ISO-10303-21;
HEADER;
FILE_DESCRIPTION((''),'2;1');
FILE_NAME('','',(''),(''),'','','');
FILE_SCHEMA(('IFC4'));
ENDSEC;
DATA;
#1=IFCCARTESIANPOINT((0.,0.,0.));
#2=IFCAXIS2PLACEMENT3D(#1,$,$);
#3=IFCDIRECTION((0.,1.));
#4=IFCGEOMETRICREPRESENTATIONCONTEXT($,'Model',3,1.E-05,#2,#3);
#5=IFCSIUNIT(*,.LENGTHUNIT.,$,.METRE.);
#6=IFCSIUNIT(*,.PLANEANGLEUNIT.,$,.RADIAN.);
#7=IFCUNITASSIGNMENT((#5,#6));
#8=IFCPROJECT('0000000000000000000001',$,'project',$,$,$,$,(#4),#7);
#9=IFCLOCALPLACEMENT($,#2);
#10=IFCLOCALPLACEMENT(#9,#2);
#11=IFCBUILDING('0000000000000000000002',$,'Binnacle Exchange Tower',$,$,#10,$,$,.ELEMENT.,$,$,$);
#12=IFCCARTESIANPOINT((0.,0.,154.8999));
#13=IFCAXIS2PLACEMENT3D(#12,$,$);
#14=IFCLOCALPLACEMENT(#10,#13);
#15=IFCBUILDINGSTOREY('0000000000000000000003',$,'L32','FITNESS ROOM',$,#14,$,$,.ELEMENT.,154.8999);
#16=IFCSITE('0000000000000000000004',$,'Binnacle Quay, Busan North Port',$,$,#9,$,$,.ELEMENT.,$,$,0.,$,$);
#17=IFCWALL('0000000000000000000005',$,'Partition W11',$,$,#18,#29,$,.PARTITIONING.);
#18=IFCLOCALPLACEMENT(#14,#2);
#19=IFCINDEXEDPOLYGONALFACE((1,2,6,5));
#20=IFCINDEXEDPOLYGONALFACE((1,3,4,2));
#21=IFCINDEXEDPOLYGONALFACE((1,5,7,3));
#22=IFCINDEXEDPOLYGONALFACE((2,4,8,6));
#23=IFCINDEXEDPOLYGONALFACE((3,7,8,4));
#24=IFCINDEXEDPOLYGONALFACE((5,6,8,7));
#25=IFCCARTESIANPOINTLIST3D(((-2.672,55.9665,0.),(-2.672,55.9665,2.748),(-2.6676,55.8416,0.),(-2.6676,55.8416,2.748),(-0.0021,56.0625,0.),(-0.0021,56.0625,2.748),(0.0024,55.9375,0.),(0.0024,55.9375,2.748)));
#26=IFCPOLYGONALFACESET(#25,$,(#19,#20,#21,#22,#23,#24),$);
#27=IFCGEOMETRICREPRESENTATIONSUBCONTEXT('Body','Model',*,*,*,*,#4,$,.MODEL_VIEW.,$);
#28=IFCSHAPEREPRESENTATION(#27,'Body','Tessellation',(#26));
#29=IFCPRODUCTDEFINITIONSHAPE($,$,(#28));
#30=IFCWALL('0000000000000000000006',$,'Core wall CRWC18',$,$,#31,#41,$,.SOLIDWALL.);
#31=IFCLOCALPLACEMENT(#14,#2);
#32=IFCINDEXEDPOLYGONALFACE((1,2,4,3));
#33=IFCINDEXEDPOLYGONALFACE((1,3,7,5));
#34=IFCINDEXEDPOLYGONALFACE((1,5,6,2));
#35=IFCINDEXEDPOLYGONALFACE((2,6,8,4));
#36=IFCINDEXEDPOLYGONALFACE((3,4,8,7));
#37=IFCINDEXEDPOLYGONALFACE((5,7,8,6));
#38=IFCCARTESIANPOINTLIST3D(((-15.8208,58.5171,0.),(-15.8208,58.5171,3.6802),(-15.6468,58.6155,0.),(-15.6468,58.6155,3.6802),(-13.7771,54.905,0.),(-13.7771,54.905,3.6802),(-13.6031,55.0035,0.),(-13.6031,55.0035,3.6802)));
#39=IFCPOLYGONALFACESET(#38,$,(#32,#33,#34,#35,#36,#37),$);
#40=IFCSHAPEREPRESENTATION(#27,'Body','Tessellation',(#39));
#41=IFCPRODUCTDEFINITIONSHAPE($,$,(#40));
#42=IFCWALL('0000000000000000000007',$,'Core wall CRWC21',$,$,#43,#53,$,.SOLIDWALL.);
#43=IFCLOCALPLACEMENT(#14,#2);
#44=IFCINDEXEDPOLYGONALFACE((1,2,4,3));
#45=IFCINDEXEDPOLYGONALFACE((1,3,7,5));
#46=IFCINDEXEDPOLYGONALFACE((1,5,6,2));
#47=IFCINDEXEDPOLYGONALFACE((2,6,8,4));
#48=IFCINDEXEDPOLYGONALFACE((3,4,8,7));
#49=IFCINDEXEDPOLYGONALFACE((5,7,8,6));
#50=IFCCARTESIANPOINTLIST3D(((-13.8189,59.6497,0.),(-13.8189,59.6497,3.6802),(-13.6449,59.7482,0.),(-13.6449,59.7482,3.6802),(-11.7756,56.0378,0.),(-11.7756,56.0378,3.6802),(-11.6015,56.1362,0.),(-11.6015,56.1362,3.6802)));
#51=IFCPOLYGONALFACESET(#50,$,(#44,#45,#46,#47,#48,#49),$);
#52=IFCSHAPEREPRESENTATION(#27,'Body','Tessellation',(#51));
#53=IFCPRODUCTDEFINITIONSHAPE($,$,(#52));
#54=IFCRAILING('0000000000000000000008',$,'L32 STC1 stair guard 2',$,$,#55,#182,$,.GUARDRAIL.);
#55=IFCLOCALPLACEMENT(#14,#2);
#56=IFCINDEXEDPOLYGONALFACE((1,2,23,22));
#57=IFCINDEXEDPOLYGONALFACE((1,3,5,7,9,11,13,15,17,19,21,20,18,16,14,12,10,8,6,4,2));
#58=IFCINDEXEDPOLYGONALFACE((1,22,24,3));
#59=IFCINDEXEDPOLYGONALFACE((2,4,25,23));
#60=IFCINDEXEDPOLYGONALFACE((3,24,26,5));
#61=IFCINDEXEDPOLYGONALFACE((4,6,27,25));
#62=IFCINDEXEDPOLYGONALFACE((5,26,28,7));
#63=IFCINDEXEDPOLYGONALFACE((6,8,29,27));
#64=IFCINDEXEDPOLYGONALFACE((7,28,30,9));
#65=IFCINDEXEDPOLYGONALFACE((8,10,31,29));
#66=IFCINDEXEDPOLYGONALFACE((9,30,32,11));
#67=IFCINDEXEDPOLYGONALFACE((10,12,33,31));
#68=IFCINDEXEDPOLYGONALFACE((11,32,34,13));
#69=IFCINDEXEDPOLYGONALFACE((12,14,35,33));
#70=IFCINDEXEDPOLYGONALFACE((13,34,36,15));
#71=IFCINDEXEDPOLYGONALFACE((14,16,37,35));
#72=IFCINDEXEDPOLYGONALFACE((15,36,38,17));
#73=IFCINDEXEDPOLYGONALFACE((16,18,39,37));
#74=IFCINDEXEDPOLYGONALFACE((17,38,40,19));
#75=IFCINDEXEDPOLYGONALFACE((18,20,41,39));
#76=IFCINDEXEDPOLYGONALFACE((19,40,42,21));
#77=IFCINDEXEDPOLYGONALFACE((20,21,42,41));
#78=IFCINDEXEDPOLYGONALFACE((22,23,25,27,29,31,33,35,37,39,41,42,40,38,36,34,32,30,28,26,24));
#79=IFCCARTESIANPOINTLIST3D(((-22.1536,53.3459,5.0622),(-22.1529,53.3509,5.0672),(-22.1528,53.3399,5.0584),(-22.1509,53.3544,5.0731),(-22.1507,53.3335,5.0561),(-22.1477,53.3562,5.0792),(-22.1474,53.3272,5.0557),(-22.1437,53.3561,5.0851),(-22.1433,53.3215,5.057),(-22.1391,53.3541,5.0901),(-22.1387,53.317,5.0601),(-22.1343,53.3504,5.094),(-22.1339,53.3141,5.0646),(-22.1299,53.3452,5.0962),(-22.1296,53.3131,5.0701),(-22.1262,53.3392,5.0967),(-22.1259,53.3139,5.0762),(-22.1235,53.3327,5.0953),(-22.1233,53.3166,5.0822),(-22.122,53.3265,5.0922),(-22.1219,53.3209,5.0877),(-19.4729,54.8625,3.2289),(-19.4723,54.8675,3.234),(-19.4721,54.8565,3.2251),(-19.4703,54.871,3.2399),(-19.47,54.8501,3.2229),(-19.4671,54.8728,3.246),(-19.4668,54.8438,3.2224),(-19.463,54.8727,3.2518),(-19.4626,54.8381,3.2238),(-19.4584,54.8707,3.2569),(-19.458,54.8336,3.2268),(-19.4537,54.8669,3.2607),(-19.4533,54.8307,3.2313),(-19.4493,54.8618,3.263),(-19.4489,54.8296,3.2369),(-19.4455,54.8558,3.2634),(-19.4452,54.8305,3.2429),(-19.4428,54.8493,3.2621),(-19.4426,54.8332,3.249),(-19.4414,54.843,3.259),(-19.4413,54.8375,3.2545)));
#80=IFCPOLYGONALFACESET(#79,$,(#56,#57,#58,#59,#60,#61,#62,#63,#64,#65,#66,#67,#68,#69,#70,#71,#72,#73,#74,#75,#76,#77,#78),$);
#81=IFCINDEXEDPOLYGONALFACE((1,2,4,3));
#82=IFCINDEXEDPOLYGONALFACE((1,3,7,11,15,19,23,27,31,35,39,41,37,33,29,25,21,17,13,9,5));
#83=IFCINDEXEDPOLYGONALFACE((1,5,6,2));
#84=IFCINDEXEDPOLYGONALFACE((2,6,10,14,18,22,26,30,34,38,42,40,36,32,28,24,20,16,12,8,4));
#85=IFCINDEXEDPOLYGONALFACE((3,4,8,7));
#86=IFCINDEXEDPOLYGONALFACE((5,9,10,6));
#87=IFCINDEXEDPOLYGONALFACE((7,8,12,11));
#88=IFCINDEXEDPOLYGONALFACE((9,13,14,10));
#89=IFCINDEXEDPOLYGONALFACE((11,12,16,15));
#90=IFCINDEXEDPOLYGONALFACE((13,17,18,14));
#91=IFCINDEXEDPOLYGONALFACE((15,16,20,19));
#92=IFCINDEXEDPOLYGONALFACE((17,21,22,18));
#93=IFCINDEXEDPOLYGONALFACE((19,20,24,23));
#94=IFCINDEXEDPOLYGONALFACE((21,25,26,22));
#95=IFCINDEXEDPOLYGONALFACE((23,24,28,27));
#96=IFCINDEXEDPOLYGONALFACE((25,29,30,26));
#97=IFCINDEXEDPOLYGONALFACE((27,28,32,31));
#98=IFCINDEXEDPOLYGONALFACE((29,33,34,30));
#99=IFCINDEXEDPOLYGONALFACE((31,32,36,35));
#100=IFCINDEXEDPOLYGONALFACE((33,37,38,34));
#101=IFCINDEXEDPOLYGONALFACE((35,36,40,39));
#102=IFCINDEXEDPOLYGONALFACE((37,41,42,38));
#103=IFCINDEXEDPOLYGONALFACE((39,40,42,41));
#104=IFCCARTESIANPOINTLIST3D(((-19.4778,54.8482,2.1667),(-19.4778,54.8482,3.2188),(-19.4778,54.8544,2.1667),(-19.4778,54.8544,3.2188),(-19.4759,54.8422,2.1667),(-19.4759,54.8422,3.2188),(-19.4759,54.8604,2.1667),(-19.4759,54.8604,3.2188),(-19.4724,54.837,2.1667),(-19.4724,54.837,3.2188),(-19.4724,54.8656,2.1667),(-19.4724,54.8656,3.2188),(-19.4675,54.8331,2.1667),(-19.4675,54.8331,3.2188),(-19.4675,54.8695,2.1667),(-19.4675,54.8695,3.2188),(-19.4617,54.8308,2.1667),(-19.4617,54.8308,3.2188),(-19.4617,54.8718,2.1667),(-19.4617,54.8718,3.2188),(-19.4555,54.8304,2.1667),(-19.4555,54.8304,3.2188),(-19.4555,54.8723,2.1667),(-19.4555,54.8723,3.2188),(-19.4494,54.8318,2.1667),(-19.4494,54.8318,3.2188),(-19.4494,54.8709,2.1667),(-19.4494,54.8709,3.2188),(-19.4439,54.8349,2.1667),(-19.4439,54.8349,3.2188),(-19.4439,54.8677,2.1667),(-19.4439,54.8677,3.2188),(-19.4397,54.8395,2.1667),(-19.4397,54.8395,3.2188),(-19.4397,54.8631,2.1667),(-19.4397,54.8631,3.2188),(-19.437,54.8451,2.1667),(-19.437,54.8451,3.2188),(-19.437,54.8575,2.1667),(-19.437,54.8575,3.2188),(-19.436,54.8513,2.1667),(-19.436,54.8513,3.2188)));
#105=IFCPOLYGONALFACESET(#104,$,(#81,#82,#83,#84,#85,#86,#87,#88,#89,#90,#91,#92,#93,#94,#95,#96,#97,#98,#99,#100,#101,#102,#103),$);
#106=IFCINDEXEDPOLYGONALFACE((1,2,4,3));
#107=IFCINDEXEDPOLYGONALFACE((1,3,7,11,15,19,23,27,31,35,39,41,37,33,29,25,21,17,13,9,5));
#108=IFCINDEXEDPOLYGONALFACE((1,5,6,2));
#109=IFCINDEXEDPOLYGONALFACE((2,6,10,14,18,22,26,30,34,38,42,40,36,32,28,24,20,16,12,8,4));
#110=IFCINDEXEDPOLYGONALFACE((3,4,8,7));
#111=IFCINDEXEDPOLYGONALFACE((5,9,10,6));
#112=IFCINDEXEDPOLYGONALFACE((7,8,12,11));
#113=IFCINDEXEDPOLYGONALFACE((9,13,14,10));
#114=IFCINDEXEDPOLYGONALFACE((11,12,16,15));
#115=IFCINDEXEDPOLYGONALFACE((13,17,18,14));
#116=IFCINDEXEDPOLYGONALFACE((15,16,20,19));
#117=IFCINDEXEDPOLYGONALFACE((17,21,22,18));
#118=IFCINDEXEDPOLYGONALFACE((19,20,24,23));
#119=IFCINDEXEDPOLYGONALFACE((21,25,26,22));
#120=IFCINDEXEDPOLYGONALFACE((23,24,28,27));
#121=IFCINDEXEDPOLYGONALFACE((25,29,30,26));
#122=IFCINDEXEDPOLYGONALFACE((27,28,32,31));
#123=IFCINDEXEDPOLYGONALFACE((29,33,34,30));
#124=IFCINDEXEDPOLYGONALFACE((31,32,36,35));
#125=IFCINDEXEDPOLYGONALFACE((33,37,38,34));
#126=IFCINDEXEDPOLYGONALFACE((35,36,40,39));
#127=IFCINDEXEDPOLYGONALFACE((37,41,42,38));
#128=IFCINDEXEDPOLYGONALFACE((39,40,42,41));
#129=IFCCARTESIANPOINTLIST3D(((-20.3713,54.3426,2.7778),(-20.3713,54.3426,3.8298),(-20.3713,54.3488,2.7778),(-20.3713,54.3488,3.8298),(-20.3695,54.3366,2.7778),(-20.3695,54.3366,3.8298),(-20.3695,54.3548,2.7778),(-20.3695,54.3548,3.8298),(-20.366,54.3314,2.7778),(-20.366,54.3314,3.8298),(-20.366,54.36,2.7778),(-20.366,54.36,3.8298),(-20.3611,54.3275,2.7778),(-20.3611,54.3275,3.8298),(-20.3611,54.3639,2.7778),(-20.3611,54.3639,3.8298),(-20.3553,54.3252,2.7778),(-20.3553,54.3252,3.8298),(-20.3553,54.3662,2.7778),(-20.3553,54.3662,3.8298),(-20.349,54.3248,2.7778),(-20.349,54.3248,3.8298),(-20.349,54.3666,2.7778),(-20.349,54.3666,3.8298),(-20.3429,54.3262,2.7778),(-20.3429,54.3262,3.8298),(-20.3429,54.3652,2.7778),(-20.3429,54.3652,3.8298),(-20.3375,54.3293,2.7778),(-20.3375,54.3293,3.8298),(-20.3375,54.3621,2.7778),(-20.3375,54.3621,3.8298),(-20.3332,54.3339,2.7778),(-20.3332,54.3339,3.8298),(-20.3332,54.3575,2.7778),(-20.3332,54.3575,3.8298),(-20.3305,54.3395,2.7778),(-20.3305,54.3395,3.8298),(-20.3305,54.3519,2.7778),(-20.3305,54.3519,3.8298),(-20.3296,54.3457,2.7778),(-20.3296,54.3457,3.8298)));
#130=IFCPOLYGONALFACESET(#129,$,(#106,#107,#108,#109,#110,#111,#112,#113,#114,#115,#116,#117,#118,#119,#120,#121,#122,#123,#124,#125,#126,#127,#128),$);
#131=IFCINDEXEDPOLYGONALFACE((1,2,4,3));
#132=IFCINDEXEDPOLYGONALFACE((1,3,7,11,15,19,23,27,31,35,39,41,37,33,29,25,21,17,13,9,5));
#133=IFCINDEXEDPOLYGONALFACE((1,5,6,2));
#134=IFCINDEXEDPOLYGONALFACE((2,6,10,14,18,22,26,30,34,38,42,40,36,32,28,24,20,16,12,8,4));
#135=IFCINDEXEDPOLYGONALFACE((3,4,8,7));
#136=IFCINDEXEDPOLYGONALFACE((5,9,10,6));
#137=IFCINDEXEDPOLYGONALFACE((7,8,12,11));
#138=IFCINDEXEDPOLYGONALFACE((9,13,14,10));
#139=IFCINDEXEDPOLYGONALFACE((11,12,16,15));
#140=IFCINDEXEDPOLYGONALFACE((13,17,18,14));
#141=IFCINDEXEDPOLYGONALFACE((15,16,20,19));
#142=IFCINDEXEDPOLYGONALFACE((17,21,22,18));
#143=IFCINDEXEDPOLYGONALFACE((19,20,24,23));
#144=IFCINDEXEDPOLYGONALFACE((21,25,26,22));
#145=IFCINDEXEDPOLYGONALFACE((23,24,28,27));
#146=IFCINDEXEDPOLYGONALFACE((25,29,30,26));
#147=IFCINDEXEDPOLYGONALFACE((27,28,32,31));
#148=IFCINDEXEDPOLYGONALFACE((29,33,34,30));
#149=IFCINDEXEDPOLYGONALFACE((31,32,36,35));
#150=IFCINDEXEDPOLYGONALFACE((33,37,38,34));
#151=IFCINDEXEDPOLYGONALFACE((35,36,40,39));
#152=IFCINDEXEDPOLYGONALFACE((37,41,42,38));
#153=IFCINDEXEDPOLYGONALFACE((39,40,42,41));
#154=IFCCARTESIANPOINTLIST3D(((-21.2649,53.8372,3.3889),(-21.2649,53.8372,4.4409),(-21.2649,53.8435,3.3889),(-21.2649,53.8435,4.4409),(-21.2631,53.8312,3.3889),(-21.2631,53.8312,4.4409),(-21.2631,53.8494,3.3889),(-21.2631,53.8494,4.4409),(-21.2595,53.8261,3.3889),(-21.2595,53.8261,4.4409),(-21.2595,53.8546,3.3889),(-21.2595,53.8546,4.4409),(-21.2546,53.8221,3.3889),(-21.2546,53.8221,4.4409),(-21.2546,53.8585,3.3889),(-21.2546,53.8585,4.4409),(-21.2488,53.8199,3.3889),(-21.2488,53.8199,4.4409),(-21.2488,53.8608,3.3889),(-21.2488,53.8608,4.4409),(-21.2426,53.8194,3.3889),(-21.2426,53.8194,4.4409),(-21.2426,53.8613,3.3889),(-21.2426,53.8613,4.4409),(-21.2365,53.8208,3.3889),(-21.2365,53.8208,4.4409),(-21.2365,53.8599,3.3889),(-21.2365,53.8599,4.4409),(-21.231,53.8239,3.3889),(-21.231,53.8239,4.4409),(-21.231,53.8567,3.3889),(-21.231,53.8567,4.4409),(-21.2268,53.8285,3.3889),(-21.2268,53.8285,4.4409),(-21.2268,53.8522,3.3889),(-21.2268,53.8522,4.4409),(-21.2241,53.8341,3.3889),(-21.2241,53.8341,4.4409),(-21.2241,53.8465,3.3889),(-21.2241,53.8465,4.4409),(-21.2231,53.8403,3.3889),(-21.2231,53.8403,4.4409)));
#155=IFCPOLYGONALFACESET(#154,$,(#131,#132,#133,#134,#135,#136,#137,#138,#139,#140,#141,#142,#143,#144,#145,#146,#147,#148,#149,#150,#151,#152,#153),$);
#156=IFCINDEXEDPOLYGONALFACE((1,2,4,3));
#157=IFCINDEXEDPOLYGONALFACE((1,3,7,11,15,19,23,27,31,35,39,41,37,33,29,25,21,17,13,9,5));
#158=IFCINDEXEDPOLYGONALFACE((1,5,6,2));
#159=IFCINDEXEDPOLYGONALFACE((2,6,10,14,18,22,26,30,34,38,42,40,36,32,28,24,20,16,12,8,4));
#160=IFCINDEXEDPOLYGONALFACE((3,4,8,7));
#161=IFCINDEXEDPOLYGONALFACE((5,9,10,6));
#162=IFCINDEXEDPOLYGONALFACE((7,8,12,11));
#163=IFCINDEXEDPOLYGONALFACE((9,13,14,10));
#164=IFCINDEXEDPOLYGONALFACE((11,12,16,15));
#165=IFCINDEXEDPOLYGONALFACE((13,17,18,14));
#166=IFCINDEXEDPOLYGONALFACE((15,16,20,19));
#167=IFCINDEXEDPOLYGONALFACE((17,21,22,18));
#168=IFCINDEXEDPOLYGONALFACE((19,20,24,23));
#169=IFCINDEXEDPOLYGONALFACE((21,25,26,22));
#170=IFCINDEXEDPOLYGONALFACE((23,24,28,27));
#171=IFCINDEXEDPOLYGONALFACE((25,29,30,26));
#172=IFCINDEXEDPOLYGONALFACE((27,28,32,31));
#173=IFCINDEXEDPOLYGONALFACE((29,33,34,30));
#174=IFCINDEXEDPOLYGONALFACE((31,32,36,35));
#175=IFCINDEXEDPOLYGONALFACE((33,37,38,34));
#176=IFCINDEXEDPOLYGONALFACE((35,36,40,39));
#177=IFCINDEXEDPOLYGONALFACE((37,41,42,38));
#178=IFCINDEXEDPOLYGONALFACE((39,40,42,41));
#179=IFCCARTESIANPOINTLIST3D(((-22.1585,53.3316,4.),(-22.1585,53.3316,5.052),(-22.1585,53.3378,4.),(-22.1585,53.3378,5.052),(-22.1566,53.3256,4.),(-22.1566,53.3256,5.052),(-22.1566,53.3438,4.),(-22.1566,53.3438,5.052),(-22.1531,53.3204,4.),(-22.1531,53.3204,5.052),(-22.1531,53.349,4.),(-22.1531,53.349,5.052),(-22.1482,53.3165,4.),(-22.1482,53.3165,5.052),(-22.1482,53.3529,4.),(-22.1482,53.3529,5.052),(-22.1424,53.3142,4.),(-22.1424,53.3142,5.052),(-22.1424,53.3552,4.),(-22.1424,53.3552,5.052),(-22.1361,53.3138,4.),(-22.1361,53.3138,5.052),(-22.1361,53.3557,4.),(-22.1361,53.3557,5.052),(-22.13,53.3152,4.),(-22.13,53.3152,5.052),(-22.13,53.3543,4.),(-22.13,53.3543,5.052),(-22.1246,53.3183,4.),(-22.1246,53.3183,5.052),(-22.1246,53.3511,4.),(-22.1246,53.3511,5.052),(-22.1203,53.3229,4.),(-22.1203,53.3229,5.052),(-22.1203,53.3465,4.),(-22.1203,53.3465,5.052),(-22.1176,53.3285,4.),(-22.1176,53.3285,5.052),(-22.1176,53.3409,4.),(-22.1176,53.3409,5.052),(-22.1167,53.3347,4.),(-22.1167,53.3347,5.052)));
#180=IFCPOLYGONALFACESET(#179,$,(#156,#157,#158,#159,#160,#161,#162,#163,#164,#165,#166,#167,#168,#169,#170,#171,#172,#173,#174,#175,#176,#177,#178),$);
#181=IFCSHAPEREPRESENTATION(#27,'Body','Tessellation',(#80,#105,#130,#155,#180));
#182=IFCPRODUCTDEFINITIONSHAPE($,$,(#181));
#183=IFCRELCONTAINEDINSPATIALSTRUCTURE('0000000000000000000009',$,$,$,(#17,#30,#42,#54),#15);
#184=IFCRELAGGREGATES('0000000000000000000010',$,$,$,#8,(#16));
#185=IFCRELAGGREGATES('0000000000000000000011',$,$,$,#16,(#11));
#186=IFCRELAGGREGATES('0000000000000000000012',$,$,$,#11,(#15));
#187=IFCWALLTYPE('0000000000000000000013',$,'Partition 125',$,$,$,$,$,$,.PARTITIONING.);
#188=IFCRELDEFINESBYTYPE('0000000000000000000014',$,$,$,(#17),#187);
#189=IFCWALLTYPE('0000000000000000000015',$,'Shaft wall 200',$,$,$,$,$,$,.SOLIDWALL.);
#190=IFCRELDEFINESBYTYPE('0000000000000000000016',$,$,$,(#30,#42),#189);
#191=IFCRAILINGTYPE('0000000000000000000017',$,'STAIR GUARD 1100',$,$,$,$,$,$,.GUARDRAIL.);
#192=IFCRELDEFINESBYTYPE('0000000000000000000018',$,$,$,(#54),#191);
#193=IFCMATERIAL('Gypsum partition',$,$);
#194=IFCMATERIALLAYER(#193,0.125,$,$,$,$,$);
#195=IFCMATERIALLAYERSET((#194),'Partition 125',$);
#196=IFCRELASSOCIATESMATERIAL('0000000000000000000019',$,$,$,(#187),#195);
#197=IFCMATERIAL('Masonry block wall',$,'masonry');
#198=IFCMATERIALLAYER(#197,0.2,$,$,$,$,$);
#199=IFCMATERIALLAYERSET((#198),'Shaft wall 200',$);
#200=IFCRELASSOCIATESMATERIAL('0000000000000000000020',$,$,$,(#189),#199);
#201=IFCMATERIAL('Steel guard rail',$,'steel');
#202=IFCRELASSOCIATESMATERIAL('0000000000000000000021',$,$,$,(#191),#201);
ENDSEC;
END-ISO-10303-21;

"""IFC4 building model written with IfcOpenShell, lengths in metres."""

from ifc_helpers import new_model, si_unit, direction, frame, frame_2d, origin, origin_2d, place, context, subcontext, project, spatial, rectangle, circle, extrude, material, layer, layer_set, type_object, element, save


model = new_model("IFC4")

# Units and contexts
model_context = context("Model", 3, precision=1e-05, world=origin(), true_north=direction((0.0, 1.0)))
body_context = subcontext(model_context, "Body", "Model", "MODEL_VIEW")
ifc_project = project(units=[si_unit("LENGTHUNIT", "METRE"), si_unit("PLANEANGLEUNIT", "RADIAN")], contexts=[model_context])

# Site, building, storey
site_placement = place(None, origin())
site = spatial("IfcSite", under=ifc_project, at=site_placement, Name="Binnacle Quay, Busan North Port", CompositionType="ELEMENT", RefElevation=0.0)
building_placement = place(site_placement, origin())
building = spatial("IfcBuilding", under=site, at=building_placement, Name="Binnacle Exchange Tower", CompositionType="ELEMENT")
storey_placement = place(building_placement, frame((0.0, 0.0, 154.8999)))
storey = spatial("IfcBuildingStorey", under=building, at=storey_placement, Name="L32", Description="FITNESS ROOM", CompositionType="ELEMENT", Elevation=154.8999)

# Shared definitions
ifc_material_1 = material(Name="Gypsum partition")
ifc_layer_1 = layer(ifc_material_1, 0.125)
ifc_layer_set_1 = layer_set([ifc_layer_1], Name="Partition 125")
wall_type_1 = type_object("IfcWallType", Name="Partition 125", PredefinedType="PARTITIONING", material=ifc_layer_set_1)

# Walls
wall_1_placement = place(storey_placement, frame((-2.6699, 55.9041, 0.0), z_axis=(0.0, 0.0, 1.0), x_axis=(0.999355, 0.035913, 0.0)))
element("IfcWall", 1, at=wall_1_placement, inside=storey, type_object=wall_type_1, Name="Partition W11", PredefinedType="PARTITIONING", context=body_context, shape_type="SweptSolid", body=[
    extrude(rectangle(XDim=2.6716, YDim=0.125, at=frame_2d((1.3359, 0.0))), origin(), (0.0, 0.0, 1.0), 2.748),
])
ifc_material_2 = material(Name="Masonry block wall", Category="masonry")
ifc_layer_2 = layer(ifc_material_2, 0.2)
ifc_layer_set_2 = layer_set([ifc_layer_2], Name="Shaft wall 200")
wall_type_2 = type_object("IfcWallType", Name="Shaft wall 200", PredefinedType="SOLIDWALL", material=ifc_layer_set_2)
wall_2_placement = place(storey_placement, frame((-15.7339, 58.5664, 0.0), z_axis=(0.0, 0.0, 1.0), x_axis=(0.492441, -0.870346, 0.0)))
element("IfcWall", 2, at=wall_2_placement, inside=storey, type_object=wall_type_2, Name="Core wall CRWC18", PredefinedType="SOLIDWALL", context=body_context, shape_type="SweptSolid", body=[
    extrude(rectangle(XDim=4.1501, YDim=0.2, at=frame_2d((2.0752, 0.0))), origin(), (0.0, 0.0, 1.0), 3.6802),
])
wall_3_placement = place(storey_placement, frame((-13.7319, 59.699, 0.0), z_axis=(0.0, 0.0, 1.0), x_axis=(0.492396, -0.870371, 0.0)))
element("IfcWall", 3, at=wall_3_placement, inside=storey, type_object=wall_type_2, Name="Core wall CRWC21", PredefinedType="SOLIDWALL", context=body_context, shape_type="SweptSolid", body=[
    extrude(rectangle(XDim=4.1499, YDim=0.2, at=frame_2d((2.075, 0.0))), origin(), (0.0, 0.0, 1.0), 3.6802),
])

# Railing
ifc_material_3 = material(Name="Steel guard rail", Category="steel")
railing_type = type_object("IfcRailingType", Name="STAIR GUARD 1100", PredefinedType="GUARDRAIL", material=ifc_material_3)
railing_placement = place(storey_placement, frame((-19.457, 54.8513, 2.1667)))
element("IfcRailing", 4, at=railing_placement, inside=storey, type_object=railing_type, Name="L32 STC1 stair guard 2", PredefinedType="GUARDRAIL", context=body_context, shape_type="SweptSolid", body=[
    extrude(circle(Radius=0.0239, at=origin_2d()), frame((0.0, 0.0, 1.0762), z_axis=(-0.747901, -0.423129, 0.511474), x_axis=(0.492412, -0.870362, 0.0)), (0.0, 0.0, 1.0), 3.5842),
    extrude(circle(Radius=0.021, at=origin_2d()), origin(), (0.0, 0.0, 1.0), 1.052),
    extrude(circle(Radius=0.021, at=origin_2d()), frame((-0.8936, -0.5056, 0.6111)), (0.0, 0.0, 1.0), 1.052),
    extrude(circle(Radius=0.021, at=origin_2d()), frame((-1.7871, -1.011, 1.2222)), (0.0, 0.0, 1.0), 1.052),
    extrude(circle(Radius=0.021, at=origin_2d()), frame((-2.6807, -1.5166, 1.8333)), (0.0, 0.0, 1.0), 1.052),
])

save(model, "model.ifc")
